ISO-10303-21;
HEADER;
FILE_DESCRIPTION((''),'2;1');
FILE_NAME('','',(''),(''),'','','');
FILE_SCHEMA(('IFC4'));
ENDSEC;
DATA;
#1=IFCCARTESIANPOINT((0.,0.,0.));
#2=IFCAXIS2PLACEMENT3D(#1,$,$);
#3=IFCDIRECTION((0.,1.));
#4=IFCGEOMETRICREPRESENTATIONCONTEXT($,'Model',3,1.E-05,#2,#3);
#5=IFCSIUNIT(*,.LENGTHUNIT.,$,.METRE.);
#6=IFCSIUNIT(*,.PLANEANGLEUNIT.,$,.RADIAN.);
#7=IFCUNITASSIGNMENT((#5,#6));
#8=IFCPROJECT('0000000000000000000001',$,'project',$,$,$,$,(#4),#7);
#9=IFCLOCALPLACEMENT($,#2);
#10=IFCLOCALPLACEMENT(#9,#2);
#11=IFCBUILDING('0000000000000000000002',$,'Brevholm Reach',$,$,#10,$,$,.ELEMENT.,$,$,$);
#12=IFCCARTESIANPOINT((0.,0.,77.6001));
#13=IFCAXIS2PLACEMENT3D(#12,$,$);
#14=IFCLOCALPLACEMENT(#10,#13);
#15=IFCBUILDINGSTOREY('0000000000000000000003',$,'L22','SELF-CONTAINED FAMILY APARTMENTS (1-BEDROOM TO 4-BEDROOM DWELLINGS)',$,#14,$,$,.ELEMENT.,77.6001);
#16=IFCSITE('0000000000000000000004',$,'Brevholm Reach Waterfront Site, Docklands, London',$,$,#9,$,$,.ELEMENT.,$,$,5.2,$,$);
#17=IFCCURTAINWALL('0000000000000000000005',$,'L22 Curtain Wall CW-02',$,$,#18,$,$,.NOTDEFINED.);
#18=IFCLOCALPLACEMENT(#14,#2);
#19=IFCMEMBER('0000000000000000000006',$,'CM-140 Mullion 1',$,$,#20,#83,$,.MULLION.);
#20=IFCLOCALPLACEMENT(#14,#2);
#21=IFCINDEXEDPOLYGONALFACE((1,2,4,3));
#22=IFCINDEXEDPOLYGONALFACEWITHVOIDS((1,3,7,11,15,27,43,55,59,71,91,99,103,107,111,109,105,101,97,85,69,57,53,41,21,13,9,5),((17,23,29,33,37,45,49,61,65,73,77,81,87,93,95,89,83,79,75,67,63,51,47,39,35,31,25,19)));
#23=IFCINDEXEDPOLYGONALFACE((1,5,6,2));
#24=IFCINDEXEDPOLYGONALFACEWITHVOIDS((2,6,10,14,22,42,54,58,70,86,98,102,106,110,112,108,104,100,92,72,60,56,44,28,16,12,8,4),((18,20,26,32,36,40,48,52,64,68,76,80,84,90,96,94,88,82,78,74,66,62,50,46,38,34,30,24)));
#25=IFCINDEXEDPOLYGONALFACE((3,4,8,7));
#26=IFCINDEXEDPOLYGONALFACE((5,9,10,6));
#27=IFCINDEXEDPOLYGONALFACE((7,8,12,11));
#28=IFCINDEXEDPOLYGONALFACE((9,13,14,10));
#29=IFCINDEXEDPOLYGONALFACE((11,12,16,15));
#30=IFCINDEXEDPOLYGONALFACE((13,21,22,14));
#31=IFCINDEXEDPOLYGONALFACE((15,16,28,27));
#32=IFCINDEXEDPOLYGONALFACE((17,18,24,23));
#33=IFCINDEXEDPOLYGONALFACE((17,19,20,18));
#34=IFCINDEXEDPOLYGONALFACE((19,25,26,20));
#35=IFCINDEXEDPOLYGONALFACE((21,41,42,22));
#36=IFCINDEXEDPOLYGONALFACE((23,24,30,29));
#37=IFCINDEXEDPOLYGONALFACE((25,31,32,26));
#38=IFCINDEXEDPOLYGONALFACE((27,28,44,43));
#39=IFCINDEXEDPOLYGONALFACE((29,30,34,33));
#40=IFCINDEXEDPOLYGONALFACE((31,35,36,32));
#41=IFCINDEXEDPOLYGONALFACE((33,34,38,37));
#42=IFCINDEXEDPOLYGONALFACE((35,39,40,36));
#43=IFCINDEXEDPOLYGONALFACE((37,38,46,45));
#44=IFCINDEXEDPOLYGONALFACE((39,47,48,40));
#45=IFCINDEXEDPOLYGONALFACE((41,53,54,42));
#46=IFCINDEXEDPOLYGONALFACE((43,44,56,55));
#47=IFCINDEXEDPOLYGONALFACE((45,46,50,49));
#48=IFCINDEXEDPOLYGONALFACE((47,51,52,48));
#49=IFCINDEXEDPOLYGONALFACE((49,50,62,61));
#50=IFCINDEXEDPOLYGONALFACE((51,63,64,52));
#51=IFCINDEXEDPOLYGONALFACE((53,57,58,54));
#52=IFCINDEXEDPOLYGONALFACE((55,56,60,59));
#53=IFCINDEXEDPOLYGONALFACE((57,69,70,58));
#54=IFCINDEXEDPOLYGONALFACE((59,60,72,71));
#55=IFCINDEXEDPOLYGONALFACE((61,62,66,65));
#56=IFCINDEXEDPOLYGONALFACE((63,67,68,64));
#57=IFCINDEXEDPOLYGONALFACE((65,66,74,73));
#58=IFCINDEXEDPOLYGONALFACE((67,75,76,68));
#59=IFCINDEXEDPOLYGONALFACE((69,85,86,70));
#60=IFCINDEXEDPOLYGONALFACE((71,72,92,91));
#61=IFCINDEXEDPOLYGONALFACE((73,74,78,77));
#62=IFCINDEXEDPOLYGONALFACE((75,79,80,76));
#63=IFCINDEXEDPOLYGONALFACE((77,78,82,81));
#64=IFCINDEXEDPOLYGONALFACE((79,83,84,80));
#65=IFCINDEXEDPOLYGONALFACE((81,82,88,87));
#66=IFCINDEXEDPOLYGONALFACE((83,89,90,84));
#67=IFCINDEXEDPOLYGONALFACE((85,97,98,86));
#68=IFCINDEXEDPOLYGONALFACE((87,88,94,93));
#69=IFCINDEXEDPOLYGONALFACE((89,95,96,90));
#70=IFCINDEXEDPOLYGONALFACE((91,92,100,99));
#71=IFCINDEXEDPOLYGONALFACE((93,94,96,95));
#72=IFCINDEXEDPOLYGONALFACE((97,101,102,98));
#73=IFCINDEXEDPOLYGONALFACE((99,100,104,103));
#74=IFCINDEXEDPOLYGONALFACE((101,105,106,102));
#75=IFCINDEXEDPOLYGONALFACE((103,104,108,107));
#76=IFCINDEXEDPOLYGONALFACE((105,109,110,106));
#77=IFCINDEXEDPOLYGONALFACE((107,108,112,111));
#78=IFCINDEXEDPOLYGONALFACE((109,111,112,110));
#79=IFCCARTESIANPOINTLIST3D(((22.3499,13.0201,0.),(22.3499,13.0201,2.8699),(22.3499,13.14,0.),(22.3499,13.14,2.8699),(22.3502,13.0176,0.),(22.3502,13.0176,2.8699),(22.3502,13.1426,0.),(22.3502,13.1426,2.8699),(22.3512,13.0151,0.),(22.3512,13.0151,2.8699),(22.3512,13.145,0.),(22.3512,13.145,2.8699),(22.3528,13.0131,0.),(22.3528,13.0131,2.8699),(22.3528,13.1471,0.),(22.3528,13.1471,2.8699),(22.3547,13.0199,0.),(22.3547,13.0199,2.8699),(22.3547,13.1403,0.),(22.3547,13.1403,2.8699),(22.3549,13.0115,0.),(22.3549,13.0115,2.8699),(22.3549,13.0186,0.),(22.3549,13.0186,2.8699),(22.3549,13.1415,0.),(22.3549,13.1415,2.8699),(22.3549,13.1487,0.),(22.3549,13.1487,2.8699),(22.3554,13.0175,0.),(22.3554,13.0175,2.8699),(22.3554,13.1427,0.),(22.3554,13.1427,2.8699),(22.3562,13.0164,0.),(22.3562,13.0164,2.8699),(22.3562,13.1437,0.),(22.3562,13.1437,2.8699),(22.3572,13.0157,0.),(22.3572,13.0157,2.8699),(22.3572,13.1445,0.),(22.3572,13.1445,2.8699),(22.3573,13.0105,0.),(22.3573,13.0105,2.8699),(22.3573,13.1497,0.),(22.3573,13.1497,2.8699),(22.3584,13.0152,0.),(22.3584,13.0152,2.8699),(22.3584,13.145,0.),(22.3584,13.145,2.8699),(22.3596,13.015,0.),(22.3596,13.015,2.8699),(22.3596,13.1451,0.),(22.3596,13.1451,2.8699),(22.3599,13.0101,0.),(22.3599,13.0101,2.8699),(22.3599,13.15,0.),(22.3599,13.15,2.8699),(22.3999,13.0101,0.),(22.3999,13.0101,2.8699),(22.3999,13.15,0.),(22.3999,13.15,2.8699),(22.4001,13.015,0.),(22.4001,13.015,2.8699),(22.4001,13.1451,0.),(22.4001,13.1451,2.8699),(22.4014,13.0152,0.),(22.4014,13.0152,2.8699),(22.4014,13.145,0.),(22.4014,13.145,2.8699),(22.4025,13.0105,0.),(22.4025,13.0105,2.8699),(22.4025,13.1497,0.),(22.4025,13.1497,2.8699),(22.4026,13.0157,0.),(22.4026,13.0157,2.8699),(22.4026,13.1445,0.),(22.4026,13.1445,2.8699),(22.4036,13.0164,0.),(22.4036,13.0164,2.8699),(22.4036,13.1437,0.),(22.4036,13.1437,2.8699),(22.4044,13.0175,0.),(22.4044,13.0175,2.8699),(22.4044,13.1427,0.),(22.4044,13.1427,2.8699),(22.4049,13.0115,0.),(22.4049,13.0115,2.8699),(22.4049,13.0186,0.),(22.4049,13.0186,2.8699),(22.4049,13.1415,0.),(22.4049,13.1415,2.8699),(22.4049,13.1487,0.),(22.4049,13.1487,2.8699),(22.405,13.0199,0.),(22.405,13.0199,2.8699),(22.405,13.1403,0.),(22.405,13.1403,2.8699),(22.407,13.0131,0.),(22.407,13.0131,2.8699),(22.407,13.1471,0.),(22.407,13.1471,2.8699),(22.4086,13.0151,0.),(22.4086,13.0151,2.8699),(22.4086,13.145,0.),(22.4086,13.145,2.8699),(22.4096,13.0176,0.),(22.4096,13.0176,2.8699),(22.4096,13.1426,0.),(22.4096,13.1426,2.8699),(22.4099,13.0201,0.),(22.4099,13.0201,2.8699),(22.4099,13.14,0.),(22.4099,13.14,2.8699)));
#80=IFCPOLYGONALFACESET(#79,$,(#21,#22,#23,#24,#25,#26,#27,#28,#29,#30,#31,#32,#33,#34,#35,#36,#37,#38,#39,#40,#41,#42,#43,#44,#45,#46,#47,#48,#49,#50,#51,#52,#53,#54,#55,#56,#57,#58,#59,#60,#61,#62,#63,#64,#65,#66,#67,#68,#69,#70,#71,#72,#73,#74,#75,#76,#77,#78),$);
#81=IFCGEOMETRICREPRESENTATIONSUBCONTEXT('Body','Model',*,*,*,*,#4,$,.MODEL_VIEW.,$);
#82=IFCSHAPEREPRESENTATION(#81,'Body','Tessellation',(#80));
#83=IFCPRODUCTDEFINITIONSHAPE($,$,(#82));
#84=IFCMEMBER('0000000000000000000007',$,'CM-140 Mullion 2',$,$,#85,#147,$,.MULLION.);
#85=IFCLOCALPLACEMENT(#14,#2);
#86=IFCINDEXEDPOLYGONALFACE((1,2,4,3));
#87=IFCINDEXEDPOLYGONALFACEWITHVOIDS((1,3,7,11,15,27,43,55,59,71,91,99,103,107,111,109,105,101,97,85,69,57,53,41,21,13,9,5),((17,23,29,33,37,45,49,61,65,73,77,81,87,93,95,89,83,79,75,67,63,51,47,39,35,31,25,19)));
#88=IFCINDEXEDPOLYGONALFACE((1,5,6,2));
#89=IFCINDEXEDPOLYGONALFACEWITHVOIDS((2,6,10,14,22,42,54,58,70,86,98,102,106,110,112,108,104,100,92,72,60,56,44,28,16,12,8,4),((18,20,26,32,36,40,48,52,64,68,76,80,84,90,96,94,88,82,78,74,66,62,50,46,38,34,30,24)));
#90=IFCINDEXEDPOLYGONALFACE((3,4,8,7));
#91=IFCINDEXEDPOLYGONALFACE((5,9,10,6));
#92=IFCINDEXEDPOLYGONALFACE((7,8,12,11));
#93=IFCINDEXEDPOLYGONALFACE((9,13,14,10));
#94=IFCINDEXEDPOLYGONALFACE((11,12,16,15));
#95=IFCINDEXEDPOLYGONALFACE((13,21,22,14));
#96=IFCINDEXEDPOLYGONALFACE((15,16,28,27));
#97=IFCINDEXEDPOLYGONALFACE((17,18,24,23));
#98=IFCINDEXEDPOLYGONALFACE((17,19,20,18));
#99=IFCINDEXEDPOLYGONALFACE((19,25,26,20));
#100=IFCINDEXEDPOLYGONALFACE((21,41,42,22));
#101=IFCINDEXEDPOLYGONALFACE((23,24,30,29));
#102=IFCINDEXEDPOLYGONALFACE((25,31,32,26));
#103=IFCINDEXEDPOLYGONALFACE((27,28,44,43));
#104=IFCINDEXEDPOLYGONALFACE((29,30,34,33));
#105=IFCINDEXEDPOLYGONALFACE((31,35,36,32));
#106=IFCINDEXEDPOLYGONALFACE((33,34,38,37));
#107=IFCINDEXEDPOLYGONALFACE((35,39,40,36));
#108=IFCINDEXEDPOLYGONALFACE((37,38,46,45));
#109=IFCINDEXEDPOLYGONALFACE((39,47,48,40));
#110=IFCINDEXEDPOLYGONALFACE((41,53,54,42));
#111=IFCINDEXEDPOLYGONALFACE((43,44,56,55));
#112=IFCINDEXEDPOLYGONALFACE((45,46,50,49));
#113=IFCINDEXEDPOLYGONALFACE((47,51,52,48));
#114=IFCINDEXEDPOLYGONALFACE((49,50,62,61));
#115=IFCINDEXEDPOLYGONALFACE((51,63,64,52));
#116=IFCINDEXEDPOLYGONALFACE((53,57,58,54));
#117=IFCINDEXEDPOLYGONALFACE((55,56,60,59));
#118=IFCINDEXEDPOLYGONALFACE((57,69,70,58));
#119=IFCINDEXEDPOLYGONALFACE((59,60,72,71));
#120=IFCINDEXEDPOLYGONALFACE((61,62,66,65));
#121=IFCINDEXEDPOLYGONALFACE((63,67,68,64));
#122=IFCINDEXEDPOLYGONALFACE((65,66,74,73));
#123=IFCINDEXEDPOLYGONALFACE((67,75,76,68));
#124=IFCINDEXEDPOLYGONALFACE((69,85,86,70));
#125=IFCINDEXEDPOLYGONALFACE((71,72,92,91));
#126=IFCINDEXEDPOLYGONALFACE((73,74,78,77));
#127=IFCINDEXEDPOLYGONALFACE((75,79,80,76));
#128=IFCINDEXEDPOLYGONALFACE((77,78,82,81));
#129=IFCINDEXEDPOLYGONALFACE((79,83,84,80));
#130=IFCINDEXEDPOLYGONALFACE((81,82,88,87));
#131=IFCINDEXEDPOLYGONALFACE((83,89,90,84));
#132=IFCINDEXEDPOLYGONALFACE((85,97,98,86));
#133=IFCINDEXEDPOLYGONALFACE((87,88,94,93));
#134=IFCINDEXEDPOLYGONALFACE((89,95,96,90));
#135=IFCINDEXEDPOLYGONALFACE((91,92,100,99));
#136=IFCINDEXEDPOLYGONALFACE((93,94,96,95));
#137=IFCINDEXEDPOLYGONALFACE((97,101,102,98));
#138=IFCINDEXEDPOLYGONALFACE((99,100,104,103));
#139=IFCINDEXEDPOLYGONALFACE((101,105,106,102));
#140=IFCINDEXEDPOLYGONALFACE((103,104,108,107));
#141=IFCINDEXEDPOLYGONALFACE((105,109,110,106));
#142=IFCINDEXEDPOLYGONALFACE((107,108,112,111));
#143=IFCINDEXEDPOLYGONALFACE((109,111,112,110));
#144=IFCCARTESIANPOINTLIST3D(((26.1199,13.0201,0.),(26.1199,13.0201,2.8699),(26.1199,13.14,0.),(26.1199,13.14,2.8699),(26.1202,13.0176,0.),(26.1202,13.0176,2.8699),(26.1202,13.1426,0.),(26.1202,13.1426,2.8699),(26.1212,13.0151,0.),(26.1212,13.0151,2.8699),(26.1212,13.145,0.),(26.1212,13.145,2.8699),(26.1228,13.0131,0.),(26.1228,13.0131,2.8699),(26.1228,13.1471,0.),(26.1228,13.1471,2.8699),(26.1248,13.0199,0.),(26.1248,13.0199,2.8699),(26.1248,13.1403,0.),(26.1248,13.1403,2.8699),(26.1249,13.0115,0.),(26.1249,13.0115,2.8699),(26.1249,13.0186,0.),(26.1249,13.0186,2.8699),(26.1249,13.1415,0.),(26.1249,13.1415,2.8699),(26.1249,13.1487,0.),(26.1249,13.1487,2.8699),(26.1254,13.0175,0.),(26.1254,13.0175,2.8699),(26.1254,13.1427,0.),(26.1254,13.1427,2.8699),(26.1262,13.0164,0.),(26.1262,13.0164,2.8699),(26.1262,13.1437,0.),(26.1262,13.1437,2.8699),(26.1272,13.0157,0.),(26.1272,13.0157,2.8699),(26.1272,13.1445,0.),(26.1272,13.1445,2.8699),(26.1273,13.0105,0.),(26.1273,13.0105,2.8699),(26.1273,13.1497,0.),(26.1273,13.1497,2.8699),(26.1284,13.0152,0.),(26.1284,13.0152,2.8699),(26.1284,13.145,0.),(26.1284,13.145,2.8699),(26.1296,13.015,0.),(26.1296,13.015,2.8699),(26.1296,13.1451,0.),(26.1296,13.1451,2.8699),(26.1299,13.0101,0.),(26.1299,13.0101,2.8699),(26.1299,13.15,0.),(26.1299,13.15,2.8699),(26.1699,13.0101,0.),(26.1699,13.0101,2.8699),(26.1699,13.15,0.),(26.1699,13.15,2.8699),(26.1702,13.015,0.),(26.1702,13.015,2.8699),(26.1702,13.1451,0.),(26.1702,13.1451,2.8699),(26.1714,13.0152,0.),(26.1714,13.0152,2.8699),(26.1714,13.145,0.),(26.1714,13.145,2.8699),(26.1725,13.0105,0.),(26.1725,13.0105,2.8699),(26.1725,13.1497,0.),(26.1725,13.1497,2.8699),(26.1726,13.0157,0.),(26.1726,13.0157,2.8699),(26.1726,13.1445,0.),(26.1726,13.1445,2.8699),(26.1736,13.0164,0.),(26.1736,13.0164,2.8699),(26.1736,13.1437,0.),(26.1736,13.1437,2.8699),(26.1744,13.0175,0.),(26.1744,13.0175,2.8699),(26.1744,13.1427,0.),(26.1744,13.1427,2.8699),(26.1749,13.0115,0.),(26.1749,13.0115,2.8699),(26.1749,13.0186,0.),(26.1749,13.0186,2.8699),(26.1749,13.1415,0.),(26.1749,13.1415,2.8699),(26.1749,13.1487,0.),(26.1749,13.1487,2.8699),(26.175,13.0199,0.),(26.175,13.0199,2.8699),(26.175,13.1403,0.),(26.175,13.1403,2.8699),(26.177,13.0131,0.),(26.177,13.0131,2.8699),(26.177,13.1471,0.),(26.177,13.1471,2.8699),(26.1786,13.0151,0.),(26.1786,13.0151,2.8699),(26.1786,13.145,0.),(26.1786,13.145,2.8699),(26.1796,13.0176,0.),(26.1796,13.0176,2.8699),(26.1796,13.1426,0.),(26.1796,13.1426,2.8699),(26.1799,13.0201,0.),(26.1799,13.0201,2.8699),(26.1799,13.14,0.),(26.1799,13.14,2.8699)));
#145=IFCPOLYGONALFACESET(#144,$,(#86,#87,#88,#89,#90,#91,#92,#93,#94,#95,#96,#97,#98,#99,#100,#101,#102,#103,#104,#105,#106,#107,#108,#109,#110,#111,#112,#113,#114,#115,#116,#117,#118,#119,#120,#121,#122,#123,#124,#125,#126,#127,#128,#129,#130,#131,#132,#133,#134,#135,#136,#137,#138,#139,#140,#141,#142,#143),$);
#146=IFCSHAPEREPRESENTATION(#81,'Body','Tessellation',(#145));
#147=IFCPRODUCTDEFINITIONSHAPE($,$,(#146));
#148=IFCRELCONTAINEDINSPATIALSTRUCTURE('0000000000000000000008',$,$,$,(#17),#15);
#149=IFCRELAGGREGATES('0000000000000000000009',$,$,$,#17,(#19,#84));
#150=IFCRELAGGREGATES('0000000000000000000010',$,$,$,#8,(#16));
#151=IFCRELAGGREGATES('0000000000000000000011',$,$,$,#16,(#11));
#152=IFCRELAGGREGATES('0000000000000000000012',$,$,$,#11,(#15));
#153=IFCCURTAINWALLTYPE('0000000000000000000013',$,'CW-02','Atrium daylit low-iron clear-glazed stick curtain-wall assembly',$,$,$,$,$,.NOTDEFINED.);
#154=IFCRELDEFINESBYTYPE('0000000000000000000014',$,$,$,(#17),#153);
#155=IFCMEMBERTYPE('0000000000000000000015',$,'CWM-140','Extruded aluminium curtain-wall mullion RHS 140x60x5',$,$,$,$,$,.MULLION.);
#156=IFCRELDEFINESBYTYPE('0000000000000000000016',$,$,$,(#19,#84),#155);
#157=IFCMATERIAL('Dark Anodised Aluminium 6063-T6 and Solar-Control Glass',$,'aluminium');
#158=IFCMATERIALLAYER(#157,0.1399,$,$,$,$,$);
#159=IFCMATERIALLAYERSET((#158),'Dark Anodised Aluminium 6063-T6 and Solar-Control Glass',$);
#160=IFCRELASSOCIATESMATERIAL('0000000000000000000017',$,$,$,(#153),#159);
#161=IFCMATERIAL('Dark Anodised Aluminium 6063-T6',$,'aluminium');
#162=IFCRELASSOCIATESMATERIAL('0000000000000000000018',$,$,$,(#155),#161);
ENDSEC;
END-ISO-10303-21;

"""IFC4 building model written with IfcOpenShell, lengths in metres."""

from ifc_helpers import new_model, si_unit, direction, frame, origin, origin_2d, place, context, subcontext, project, spatial, hollow_rectangle, extrude, material, layer, layer_set, material_profile, profile_set, type_object, element, aggregate, save


model = new_model("IFC4")

# Units and contexts
model_context = context("Model", 3, precision=1e-05, world=origin(), true_north=direction((0.0, 1.0)))
body_context = subcontext(model_context, "Body", "Model", "MODEL_VIEW")
ifc_project = project(units=[si_unit("LENGTHUNIT", "METRE"), si_unit("PLANEANGLEUNIT", "RADIAN")], contexts=[model_context])

# Site, building, storey
site_placement = place(None, origin())
site = spatial("IfcSite", under=ifc_project, at=site_placement, Name="Brevholm Reach Waterfront Site, Docklands, London", CompositionType="ELEMENT", RefElevation=5.2)
building_placement = place(site_placement, origin())
building = spatial("IfcBuilding", under=site, at=building_placement, Name="Brevholm Reach", CompositionType="ELEMENT")
storey_placement = place(building_placement, frame((0.0, 0.0, 77.6001)))
storey = spatial("IfcBuildingStorey", under=building, at=storey_placement, Name="L22", Description="SELF-CONTAINED FAMILY APARTMENTS (1-BEDROOM TO 4-BEDROOM DWELLINGS)", CompositionType="ELEMENT", Elevation=77.6001)

# Curtain wall, members
ifc_material_1 = material(Name="Dark Anodised Aluminium 6063-T6 and Solar-Control Glass", Category="aluminium")
ifc_layer_1 = layer(ifc_material_1, 0.1399)
ifc_layer_set_1 = layer_set([ifc_layer_1], Name="Dark Anodised Aluminium 6063-T6 and Solar-Control Glass")
curtain_wall_type = type_object("IfcCurtainWallType", Name="CW-02", Description="Atrium daylit low-iron clear-glazed stick curtain-wall assembly", PredefinedType="NOTDEFINED", material=ifc_layer_set_1)
curtain_wall_placement = place(storey_placement, origin())
curtain_wall = element("IfcCurtainWall", 1, at=curtain_wall_placement, inside=storey, type_object=curtain_wall_type, Name="L22 Curtain Wall CW-02", PredefinedType="NOTDEFINED")
ifc_material_2 = material(Name="Dark Anodised Aluminium 6063-T6", Category="aluminium")
ifc_material_profile_1 = material_profile(ifc_material_2, hollow_rectangle(XDim=0.0601, YDim=0.1399, WallThickness=0.0049, InnerFilletRadius=0.0049, OuterFilletRadius=0.01, at=origin_2d()), Name="RHS 140x60x5")
ifc_profile_set_1 = profile_set([ifc_material_profile_1], Name="Dark Anodised Aluminium 6063-T6")
member_type_1 = type_object("IfcMemberType", Name="CWM-140", Description="Extruded aluminium curtain-wall mullion RHS 140x60x5", PredefinedType="MULLION", material=ifc_profile_set_1)
member_1_placement = place(storey_placement, frame((22.3799, 13.0801, 0.0), z_axis=(0.0, 0.0, 1.0), x_axis=(1.0, 0.0, 0.0)))
member_1 = element("IfcMember", 2, at=member_1_placement, type_object=member_type_1, Name="CM-140 Mullion 1", PredefinedType="MULLION", context=body_context, shape_type="SweptSolid", body=[
    extrude(hollow_rectangle(XDim=0.0601, YDim=0.1399, WallThickness=0.0049, InnerFilletRadius=0.0049, OuterFilletRadius=0.01, at=origin_2d()), origin(), (0.0, 0.0, 1.0), 2.8699),
])
member_2_placement = place(storey_placement, frame((26.1499, 13.0801, 0.0), z_axis=(0.0, 0.0, 1.0), x_axis=(1.0, 0.0, 0.0)))
member_2 = element("IfcMember", 3, at=member_2_placement, type_object=member_type_1, Name="CM-140 Mullion 2", PredefinedType="MULLION", context=body_context, shape_type="SweptSolid", body=[
    extrude(hollow_rectangle(XDim=0.0601, YDim=0.1399, WallThickness=0.0049, InnerFilletRadius=0.0049, OuterFilletRadius=0.01, at=origin_2d()), origin(), (0.0, 0.0, 1.0), 2.8699),
])
aggregate(curtain_wall, [member_1, member_2])

save(model, "model.ifc")
